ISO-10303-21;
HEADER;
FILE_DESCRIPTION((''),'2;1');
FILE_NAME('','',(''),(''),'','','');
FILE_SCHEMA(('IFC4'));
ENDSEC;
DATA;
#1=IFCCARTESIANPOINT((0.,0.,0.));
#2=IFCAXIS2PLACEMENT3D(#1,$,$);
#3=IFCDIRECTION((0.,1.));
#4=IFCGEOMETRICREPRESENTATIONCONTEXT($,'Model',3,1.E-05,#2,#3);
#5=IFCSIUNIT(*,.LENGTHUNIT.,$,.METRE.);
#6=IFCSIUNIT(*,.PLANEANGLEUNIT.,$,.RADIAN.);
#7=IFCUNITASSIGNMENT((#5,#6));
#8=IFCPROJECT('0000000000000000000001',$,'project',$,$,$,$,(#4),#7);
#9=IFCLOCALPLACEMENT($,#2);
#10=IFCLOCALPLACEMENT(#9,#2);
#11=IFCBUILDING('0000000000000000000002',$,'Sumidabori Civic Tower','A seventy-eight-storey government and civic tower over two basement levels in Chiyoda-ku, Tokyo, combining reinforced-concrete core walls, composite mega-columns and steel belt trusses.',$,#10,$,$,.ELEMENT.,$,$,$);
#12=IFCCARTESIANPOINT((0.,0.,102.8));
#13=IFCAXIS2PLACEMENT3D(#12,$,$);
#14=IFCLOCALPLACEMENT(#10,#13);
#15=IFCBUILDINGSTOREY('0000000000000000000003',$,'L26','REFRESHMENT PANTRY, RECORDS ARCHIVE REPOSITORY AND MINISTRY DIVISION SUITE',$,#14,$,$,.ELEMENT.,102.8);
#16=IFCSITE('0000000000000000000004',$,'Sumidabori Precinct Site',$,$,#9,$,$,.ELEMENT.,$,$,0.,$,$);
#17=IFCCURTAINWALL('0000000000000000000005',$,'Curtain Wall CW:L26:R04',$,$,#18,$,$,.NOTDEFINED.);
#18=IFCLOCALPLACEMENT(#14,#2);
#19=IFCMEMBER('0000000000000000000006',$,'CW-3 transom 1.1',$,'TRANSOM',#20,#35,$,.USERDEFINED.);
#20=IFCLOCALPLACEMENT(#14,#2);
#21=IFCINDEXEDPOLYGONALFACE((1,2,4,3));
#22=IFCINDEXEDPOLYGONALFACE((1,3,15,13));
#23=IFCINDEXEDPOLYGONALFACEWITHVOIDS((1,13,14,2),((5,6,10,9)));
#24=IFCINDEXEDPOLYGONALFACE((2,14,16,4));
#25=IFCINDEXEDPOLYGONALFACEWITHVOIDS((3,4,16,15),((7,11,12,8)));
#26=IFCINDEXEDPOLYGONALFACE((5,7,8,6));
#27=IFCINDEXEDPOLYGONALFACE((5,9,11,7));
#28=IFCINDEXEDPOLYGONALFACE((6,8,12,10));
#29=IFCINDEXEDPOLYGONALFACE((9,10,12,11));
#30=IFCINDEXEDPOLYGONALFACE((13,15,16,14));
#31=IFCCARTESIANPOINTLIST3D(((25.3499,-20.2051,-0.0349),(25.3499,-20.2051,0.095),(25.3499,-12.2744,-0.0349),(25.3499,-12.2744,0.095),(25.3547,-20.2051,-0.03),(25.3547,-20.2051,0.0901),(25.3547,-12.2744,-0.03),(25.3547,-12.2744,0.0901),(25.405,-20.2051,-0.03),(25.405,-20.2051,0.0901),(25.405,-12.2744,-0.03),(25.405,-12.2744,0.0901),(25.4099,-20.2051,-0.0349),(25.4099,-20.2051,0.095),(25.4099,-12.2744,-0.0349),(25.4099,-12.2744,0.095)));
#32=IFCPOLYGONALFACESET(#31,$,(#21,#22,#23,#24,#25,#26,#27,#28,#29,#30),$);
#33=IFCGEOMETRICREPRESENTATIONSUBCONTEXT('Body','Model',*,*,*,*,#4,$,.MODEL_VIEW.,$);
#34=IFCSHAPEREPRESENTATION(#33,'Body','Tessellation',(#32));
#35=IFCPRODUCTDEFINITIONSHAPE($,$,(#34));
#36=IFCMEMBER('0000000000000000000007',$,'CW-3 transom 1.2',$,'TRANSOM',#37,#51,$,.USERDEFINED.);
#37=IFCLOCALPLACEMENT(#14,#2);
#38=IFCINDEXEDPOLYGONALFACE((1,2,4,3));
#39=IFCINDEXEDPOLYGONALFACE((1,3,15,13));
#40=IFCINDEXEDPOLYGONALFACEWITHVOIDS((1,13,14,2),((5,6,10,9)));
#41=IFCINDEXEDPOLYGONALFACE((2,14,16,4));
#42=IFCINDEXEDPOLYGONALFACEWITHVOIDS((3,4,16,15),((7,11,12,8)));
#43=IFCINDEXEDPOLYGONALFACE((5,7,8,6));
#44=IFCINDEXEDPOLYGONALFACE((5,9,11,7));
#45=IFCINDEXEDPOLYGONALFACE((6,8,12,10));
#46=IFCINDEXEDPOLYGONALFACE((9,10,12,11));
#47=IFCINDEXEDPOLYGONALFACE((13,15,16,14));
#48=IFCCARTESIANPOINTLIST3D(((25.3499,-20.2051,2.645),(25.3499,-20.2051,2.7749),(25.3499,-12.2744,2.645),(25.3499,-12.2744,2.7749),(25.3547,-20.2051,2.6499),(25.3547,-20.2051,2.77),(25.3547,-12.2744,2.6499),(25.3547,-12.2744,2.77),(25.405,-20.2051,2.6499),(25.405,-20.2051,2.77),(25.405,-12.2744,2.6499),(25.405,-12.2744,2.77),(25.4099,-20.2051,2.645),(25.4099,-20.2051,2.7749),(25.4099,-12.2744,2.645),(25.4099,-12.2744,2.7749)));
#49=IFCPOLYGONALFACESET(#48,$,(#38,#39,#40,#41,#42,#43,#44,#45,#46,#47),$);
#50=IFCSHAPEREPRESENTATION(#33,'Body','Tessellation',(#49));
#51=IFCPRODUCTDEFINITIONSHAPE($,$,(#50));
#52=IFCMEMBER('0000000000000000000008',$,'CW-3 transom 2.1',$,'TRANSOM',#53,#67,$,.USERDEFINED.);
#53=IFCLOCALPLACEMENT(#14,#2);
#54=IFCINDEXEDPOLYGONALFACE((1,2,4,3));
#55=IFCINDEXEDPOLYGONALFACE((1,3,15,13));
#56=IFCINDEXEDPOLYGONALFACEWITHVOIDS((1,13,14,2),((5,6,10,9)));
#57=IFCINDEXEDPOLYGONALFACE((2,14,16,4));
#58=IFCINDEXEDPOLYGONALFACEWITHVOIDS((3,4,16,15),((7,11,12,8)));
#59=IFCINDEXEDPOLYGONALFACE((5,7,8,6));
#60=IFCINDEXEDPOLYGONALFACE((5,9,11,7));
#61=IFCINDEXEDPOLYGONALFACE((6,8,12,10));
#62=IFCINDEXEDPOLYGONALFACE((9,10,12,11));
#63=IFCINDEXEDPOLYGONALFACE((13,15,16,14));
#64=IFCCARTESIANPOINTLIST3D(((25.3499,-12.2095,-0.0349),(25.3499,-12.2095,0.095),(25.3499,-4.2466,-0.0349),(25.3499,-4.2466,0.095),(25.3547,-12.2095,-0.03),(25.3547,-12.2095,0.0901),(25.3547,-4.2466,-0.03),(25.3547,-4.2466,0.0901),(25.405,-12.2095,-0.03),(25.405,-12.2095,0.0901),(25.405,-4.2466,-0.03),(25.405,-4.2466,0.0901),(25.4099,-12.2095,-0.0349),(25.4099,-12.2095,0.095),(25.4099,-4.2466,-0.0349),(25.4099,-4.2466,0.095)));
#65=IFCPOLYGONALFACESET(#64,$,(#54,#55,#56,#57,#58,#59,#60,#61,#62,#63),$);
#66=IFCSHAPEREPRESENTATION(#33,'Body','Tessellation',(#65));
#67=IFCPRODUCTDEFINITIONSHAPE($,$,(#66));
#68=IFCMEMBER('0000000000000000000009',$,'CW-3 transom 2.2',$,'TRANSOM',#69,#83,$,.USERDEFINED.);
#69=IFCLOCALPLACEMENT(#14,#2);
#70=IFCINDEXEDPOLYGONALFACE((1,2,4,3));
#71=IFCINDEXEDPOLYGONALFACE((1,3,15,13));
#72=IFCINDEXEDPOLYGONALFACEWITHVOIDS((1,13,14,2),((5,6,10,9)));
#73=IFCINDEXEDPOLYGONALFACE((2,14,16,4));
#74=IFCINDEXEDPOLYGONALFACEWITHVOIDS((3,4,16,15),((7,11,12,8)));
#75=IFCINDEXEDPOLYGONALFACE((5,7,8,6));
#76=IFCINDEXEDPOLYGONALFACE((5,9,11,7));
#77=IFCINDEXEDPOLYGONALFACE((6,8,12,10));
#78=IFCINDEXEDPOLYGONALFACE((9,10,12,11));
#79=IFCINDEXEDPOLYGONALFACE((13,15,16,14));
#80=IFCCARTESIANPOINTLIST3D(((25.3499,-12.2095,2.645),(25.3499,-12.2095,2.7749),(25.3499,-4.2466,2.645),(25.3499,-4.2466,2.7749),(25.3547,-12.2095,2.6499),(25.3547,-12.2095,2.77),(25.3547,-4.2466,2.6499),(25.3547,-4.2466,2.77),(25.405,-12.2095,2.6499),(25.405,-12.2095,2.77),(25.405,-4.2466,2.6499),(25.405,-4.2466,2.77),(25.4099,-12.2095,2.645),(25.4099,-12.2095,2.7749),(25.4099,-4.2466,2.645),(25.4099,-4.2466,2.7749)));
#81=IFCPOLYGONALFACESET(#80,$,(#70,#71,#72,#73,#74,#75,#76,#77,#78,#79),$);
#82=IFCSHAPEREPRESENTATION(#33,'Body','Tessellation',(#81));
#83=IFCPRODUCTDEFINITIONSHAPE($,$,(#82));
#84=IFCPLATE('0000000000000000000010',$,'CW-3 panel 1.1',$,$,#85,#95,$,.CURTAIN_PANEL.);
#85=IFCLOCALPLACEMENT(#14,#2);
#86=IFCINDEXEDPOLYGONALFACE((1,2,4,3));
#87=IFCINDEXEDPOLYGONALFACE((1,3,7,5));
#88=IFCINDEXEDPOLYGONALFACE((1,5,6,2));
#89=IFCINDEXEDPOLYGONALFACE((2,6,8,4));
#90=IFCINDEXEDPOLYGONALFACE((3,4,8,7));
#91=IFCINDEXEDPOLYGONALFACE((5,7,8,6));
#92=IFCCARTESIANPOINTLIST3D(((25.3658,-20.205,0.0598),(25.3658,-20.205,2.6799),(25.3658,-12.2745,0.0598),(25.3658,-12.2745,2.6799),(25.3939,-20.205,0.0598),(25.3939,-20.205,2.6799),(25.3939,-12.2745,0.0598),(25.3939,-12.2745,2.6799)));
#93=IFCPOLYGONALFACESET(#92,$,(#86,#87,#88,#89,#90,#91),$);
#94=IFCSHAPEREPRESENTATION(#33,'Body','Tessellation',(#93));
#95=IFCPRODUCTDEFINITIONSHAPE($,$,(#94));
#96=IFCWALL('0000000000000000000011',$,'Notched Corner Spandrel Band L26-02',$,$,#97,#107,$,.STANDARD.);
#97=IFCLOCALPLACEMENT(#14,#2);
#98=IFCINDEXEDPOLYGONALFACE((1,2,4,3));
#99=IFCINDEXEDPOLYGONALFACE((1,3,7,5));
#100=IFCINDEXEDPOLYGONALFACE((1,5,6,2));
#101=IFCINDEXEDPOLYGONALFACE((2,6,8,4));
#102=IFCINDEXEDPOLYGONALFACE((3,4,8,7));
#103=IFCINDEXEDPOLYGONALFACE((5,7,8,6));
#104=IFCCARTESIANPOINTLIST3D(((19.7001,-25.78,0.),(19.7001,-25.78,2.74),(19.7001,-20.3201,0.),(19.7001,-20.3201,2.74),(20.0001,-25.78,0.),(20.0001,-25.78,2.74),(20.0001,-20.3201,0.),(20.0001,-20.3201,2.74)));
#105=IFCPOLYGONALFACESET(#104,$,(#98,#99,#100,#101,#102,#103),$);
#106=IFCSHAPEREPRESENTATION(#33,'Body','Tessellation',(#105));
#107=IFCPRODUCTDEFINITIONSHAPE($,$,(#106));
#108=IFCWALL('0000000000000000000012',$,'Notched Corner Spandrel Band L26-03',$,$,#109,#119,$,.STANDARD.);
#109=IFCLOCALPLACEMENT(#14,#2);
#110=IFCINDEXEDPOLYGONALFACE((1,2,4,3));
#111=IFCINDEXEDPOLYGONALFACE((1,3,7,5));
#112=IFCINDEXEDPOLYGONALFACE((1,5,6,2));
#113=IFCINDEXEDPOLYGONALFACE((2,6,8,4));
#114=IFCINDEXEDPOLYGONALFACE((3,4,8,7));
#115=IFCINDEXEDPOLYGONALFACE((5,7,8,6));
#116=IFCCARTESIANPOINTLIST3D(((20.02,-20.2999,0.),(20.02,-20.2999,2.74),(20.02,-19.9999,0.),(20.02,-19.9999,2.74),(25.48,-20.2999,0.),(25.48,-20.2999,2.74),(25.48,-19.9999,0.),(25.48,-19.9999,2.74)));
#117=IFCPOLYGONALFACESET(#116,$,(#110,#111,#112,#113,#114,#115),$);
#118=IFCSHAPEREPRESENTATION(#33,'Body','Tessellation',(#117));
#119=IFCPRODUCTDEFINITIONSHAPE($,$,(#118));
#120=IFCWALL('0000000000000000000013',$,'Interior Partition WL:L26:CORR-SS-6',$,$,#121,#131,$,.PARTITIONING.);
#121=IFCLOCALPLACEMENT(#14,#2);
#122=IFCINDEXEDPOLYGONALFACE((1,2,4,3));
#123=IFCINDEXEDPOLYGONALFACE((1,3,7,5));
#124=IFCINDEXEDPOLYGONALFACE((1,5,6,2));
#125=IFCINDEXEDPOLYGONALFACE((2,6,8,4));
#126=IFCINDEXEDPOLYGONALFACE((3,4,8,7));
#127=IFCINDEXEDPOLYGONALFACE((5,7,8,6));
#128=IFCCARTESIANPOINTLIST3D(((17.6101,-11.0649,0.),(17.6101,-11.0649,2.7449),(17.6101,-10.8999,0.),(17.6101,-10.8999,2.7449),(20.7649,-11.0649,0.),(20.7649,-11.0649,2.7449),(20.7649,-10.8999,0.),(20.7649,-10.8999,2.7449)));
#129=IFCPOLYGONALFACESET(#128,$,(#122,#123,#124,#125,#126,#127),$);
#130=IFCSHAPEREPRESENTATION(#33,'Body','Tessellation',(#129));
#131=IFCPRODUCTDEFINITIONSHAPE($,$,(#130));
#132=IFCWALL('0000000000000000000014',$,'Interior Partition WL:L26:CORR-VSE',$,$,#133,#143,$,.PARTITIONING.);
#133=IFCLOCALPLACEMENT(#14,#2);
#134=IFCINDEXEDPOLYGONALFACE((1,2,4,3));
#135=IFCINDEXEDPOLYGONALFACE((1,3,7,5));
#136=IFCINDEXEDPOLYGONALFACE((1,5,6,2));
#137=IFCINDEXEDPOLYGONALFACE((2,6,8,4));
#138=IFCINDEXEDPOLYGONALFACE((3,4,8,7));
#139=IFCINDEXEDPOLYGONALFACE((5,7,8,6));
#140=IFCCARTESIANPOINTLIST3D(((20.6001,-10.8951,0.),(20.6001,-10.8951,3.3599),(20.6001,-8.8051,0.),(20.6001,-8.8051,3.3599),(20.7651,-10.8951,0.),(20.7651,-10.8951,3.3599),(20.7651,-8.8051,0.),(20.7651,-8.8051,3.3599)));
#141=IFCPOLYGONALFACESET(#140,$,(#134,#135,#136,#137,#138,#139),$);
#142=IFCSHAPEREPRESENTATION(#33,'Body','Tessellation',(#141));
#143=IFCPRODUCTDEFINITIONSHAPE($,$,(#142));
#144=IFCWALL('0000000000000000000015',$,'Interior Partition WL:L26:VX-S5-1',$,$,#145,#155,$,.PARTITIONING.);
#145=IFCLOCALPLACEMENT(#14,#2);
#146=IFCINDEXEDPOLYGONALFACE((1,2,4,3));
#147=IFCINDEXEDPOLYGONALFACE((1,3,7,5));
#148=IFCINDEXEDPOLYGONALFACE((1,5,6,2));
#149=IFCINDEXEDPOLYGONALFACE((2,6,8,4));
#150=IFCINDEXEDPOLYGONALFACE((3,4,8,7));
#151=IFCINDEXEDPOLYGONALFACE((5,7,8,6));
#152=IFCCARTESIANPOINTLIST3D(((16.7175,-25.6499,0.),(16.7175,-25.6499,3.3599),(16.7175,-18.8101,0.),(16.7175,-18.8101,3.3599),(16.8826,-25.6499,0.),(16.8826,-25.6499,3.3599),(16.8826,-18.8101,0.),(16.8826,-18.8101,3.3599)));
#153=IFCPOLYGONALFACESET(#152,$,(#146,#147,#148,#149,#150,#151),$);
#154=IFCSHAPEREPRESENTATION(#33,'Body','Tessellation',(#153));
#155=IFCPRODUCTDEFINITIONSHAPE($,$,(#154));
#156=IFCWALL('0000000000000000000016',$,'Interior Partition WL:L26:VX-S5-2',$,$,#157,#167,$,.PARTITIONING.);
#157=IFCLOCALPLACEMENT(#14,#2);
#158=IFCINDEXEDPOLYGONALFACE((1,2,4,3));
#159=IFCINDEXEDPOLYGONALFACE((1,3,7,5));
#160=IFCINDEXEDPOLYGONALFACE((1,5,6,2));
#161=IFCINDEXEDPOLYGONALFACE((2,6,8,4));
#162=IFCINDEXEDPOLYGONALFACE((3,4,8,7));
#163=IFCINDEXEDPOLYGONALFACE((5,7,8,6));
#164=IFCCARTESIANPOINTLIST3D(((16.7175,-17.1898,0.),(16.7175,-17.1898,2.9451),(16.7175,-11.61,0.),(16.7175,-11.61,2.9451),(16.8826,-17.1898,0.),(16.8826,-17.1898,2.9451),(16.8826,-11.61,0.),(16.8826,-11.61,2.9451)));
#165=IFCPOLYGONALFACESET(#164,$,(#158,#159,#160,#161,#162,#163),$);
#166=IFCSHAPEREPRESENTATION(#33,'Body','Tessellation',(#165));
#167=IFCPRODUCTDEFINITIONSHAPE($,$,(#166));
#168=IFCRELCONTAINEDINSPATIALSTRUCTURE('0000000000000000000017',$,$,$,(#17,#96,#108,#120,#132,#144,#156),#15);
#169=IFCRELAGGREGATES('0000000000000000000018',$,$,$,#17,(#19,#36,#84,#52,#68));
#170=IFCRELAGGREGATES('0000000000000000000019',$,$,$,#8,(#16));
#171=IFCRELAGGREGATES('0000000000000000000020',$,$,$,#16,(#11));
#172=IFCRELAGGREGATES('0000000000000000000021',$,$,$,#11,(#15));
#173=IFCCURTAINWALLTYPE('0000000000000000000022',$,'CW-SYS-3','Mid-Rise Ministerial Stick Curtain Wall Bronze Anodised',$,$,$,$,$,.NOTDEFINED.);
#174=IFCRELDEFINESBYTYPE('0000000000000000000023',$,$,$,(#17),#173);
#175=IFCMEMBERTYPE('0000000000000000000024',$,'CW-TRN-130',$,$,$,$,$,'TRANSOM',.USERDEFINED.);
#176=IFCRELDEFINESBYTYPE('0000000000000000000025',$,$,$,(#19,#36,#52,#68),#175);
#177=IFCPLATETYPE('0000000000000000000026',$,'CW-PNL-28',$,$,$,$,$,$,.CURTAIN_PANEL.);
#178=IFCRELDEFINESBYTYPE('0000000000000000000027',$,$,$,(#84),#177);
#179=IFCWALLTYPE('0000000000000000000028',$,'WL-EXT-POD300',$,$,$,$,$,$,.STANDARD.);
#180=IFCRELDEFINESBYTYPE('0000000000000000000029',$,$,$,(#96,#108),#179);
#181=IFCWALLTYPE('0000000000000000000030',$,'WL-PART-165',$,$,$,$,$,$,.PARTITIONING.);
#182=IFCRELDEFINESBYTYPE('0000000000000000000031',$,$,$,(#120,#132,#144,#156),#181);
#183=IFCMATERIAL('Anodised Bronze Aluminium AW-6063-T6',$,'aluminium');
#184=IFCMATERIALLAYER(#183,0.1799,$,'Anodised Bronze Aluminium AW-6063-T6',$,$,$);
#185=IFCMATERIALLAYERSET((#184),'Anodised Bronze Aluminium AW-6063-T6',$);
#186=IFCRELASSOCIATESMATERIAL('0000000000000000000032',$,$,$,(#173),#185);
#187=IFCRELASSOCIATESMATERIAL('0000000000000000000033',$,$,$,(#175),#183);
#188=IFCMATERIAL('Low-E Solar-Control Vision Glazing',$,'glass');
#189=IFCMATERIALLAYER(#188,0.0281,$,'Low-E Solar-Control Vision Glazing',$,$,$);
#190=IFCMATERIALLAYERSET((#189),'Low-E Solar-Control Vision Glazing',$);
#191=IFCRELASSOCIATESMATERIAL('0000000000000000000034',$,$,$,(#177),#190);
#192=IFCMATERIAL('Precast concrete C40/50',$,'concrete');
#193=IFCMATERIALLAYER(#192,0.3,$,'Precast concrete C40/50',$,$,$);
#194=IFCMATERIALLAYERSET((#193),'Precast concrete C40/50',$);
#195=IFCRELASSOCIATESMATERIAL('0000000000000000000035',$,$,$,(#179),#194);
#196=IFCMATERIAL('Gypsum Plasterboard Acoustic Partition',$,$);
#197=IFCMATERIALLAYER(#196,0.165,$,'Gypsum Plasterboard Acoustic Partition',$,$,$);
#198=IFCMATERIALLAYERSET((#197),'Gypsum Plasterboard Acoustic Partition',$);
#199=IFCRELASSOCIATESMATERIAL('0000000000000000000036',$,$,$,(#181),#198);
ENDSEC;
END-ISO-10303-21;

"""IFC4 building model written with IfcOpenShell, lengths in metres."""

from ifc_helpers import new_model, si_unit, direction, frame, frame_2d, origin, origin_2d, place, context, subcontext, project, spatial, rectangle, hollow_rectangle, extrude, source, transform, mapped, material, layer, layer_set, material_profile, profile_set, type_object, element, aggregate, save


model = new_model("IFC4")

# Units and contexts
model_context = context("Model", 3, precision=1e-05, world=origin(), true_north=direction((0.0, 1.0)))
body_context = subcontext(model_context, "Body", "Model", "MODEL_VIEW")
ifc_project = project(units=[si_unit("LENGTHUNIT", "METRE"), si_unit("PLANEANGLEUNIT", "RADIAN")], contexts=[model_context])

# Site, building, storey
site_placement = place(None, origin())
site = spatial("IfcSite", under=ifc_project, at=site_placement, Name="Sumidabori Precinct Site", CompositionType="ELEMENT", RefElevation=0.0)
building_placement = place(site_placement, origin())
building = spatial("IfcBuilding", under=site, at=building_placement, Name="Sumidabori Civic Tower", Description="A seventy-eight-storey government and civic tower over two basement levels in Chiyoda-ku, Tokyo, combining reinforced-concrete core walls, composite mega-columns and steel belt trusses.", CompositionType="ELEMENT")
storey_placement = place(building_placement, frame((0.0, 0.0, 102.8)))
storey = spatial("IfcBuildingStorey", under=building, at=storey_placement, Name="L26", Description="REFRESHMENT PANTRY, RECORDS ARCHIVE REPOSITORY AND MINISTRY DIVISION SUITE", CompositionType="ELEMENT", Elevation=102.8)

# Shared definitions
ifc_material_1 = material(Name="Anodised Bronze Aluminium AW-6063-T6", Category="aluminium")
ifc_layer_1 = layer(ifc_material_1, 0.1799, Name="Anodised Bronze Aluminium AW-6063-T6")
ifc_layer_set_1 = layer_set([ifc_layer_1], Name="Anodised Bronze Aluminium AW-6063-T6")
curtain_wall_type = type_object("IfcCurtainWallType", Name="CW-SYS-3", Description="Mid-Rise Ministerial Stick Curtain Wall Bronze Anodised", PredefinedType="NOTDEFINED", material=ifc_layer_set_1)

# Curtain wall, members, plate
curtain_wall_1_placement = place(storey_placement, origin())
curtain_wall_1 = element("IfcCurtainWall", 1, at=curtain_wall_1_placement, inside=storey, type_object=curtain_wall_type, Name="Curtain Wall CW:L26:R04", PredefinedType="NOTDEFINED")
ifc_material_profile_1 = material_profile(ifc_material_1, hollow_rectangle(XDim=0.0601, YDim=0.1299, WallThickness=0.0049, at=origin_2d()), Name="ALU TRANSOM 130x60")
ifc_profile_set_1 = profile_set([ifc_material_profile_1], Name="Anodised Bronze Aluminium AW-6063-T6")
member_type_1 = type_object("IfcMemberType", Name="CW-TRN-130", ElementType="TRANSOM", PredefinedType="USERDEFINED", material=ifc_profile_set_1)
shared_shape_1 = source(origin(), body_context, "Body", "SweptSolid", [
    extrude(hollow_rectangle(XDim=0.0601, YDim=0.1299, WallThickness=0.0049, at=origin_2d()), origin(), (0.0, 0.0, 1.0), 7.9307),
])
member_1_placement = place(storey_placement, frame((25.3799, -20.2051, 0.03), z_axis=(0.0, 1.0, 0.0), x_axis=(-1.0, 0.0, 0.0)))
member_1 = element("IfcMember", 2, at=member_1_placement, type_object=member_type_1, Name="CW-3 transom 1.1", ObjectType="TRANSOM", PredefinedType="USERDEFINED", context=body_context, shape_type="MappedRepresentation", body=[
    mapped(shared_shape_1, transform((0.0, 0.0, 0.0), x_axis=(1.0, 0.0, 0.0), y_axis=(0.0, 1.0, 0.0), z_axis=(0.0, 0.0, 1.0), scale=1.0)),
])
member_2_placement = place(storey_placement, frame((25.3799, -20.2051, 2.71), z_axis=(0.0, 1.0, 0.0), x_axis=(-1.0, 0.0, 0.0)))
member_2 = element("IfcMember", 3, at=member_2_placement, type_object=member_type_1, Name="CW-3 transom 1.2", ObjectType="TRANSOM", PredefinedType="USERDEFINED", context=body_context, shape_type="MappedRepresentation", body=[
    mapped(shared_shape_1, transform((0.0, 0.0, 0.0), x_axis=(1.0, 0.0, 0.0), y_axis=(0.0, 1.0, 0.0), z_axis=(0.0, 0.0, 1.0), scale=1.0)),
])
shared_shape_2 = source(origin(), body_context, "Body", "SweptSolid", [
    extrude(hollow_rectangle(XDim=0.0601, YDim=0.1299, WallThickness=0.0049, at=origin_2d()), origin(), (0.0, 0.0, 1.0), 7.9629),
])
member_3_placement = place(storey_placement, frame((25.3799, -12.2095, 0.03), z_axis=(0.0, 1.0, 0.0), x_axis=(-1.0, 0.0, 0.0)))
member_3 = element("IfcMember", 4, at=member_3_placement, type_object=member_type_1, Name="CW-3 transom 2.1", ObjectType="TRANSOM", PredefinedType="USERDEFINED", context=body_context, shape_type="MappedRepresentation", body=[
    mapped(shared_shape_2, transform((0.0, 0.0, 0.0), x_axis=(1.0, 0.0, 0.0), y_axis=(0.0, 1.0, 0.0), z_axis=(0.0, 0.0, 1.0), scale=1.0)),
])
member_4_placement = place(storey_placement, frame((25.3799, -12.2095, 2.71), z_axis=(0.0, 1.0, 0.0), x_axis=(-1.0, 0.0, 0.0)))
member_4 = element("IfcMember", 5, at=member_4_placement, type_object=member_type_1, Name="CW-3 transom 2.2", ObjectType="TRANSOM", PredefinedType="USERDEFINED", context=body_context, shape_type="MappedRepresentation", body=[
    mapped(shared_shape_2, transform((0.0, 0.0, 0.0), x_axis=(1.0, 0.0, 0.0), y_axis=(0.0, 1.0, 0.0), z_axis=(0.0, 0.0, 1.0), scale=1.0)),
])
ifc_material_2 = material(Name="Low-E Solar-Control Vision Glazing", Category="glass")
ifc_layer_2 = layer(ifc_material_2, 0.0281, Name="Low-E Solar-Control Vision Glazing")
ifc_layer_set_2 = layer_set([ifc_layer_2], Name="Low-E Solar-Control Vision Glazing")
plate_type = type_object("IfcPlateType", Name="CW-PNL-28", PredefinedType="CURTAIN_PANEL", material=ifc_layer_set_2)
shared_shape_3 = source(origin(), body_context, "Body", "SweptSolid", [
    extrude(rectangle(XDim=7.9304, YDim=0.0281, at=origin_2d()), origin(), (0.0, 0.0, 1.0), 2.6201),
])
plate_placement = place(storey_placement, frame((25.3799, -16.2397, 0.0598), z_axis=(0.0, 0.0, 1.0), x_axis=(0.0, 1.0, 0.0)))
plate = element("IfcPlate", 6, at=plate_placement, type_object=plate_type, Name="CW-3 panel 1.1", PredefinedType="CURTAIN_PANEL", context=body_context, shape_type="MappedRepresentation", body=[
    mapped(shared_shape_3, transform((0.0, 0.0, 0.0), x_axis=(1.0, 0.0, 0.0), y_axis=(0.0, 1.0, 0.0), z_axis=(0.0, 0.0, 1.0), scale=1.0)),
])
aggregate(curtain_wall_1, [member_1, member_2, plate, member_3, member_4])

# Walls
ifc_material_3 = material(Name="Precast concrete C40/50", Category="concrete")
ifc_layer_3 = layer(ifc_material_3, 0.3, Name="Precast concrete C40/50")
ifc_layer_set_3 = layer_set([ifc_layer_3], Name="Precast concrete C40/50")
wall_type_1 = type_object("IfcWallType", Name="WL-EXT-POD300", PredefinedType="STANDARD", material=ifc_layer_set_3)
shared_shape_4 = source(origin(), body_context, "Body", "SweptSolid", [
    extrude(rectangle(XDim=5.46, YDim=0.3, at=frame_2d((2.73, 0.0))), origin(), (0.0, 0.0, 1.0), 2.74),
])
for number, where, z_axis, x_axis, name in (
    (7, (19.8501, -25.78, 0.0), (0.0, 0.0, 1.0), (0.0, 1.0, 0.0), "Notched Corner Spandrel Band L26-02"),
    (8, (20.02, -20.1499, 0.0), (0.0, 0.0, 1.0), (1.0, 0.0, 0.0), "Notched Corner Spandrel Band L26-03"),
):
    element("IfcWall", number, at=place(storey_placement, frame(where, z_axis=z_axis, x_axis=x_axis)), inside=storey, type_object=wall_type_1, Name=name, PredefinedType="STANDARD", context=body_context, shape_type="MappedRepresentation", body=[
        mapped(shared_shape_4, transform((0.0, 0.0, 0.0), x_axis=(1.0, 0.0, 0.0), y_axis=(0.0, 1.0, 0.0), z_axis=(0.0, 0.0, 1.0), scale=1.0)),
    ])
ifc_material_4 = material(Name="Gypsum Plasterboard Acoustic Partition")
ifc_layer_4 = layer(ifc_material_4, 0.165, Name="Gypsum Plasterboard Acoustic Partition")
ifc_layer_set_4 = layer_set([ifc_layer_4], Name="Gypsum Plasterboard Acoustic Partition")
wall_type_2 = type_object("IfcWallType", Name="WL-PART-165", PredefinedType="PARTITIONING", material=ifc_layer_set_4)
shared_shape_5 = source(origin(), body_context, "Body", "SweptSolid", [
    extrude(rectangle(XDim=3.1548, YDim=0.165, at=frame_2d((1.5774, 0.0))), origin(), (0.0, 0.0, 1.0), 2.7449),
])
wall_1_placement = place(storey_placement, frame((17.6101, -10.9824, 0.0), z_axis=(0.0, 0.0, 1.0), x_axis=(1.0, 0.0, 0.0)))
element("IfcWall", 9, at=wall_1_placement, inside=storey, type_object=wall_type_2, Name="Interior Partition WL:L26:CORR-SS-6", PredefinedType="PARTITIONING", context=body_context, shape_type="MappedRepresentation", body=[
    mapped(shared_shape_5, transform((0.0, 0.0, 0.0), x_axis=(1.0, 0.0, 0.0), y_axis=(0.0, 1.0, 0.0), z_axis=(0.0, 0.0, 1.0), scale=1.0)),
])
shared_shape_6 = source(origin(), body_context, "Body", "SweptSolid", [
    extrude(rectangle(XDim=2.0901, YDim=0.165, at=frame_2d((1.0449, 0.0))), origin(), (0.0, 0.0, 1.0), 3.3599),
])
wall_2_placement = place(storey_placement, frame((20.6826, -10.895, 0.0), z_axis=(0.0, 0.0, 1.0), x_axis=(0.0, 1.0, 0.0)))
element("IfcWall", 10, at=wall_2_placement, inside=storey, type_object=wall_type_2, Name="Interior Partition WL:L26:CORR-VSE", PredefinedType="PARTITIONING", context=body_context, shape_type="MappedRepresentation", body=[
    mapped(shared_shape_6, transform((0.0, 0.0, 0.0), x_axis=(1.0, 0.0, 0.0), y_axis=(0.0, 1.0, 0.0), z_axis=(0.0, 0.0, 1.0), scale=1.0)),
])
shared_shape_7 = source(origin(), body_context, "Body", "SweptSolid", [
    extrude(rectangle(XDim=6.8398, YDim=0.165, at=frame_2d((3.4199, 0.0))), origin(), (0.0, 0.0, 1.0), 3.3599),
])
wall_3_placement = place(storey_placement, frame((16.8, -25.6499, 0.0), z_axis=(0.0, 0.0, 1.0), x_axis=(0.0, 1.0, 0.0)))
element("IfcWall", 11, at=wall_3_placement, inside=storey, type_object=wall_type_2, Name="Interior Partition WL:L26:VX-S5-1", PredefinedType="PARTITIONING", context=body_context, shape_type="MappedRepresentation", body=[
    mapped(shared_shape_7, transform((0.0, 0.0, 0.0), x_axis=(1.0, 0.0, 0.0), y_axis=(0.0, 1.0, 0.0), z_axis=(0.0, 0.0, 1.0), scale=1.0)),
])
shared_shape_8 = source(origin(), body_context, "Body", "SweptSolid", [
    extrude(rectangle(XDim=5.5798, YDim=0.165, at=frame_2d((2.79, 0.0))), origin(), (0.0, 0.0, 1.0), 2.9451),
])
wall_4_placement = place(storey_placement, frame((16.8, -17.1899, 0.0), z_axis=(0.0, 0.0, 1.0), x_axis=(0.0, 1.0, 0.0)))
element("IfcWall", 12, at=wall_4_placement, inside=storey, type_object=wall_type_2, Name="Interior Partition WL:L26:VX-S5-2", PredefinedType="PARTITIONING", context=body_context, shape_type="MappedRepresentation", body=[
    mapped(shared_shape_8, transform((0.0, 0.0, 0.0), x_axis=(1.0, 0.0, 0.0), y_axis=(0.0, 1.0, 0.0), z_axis=(0.0, 0.0, 1.0), scale=1.0)),
])

save(model, "model.ifc")
